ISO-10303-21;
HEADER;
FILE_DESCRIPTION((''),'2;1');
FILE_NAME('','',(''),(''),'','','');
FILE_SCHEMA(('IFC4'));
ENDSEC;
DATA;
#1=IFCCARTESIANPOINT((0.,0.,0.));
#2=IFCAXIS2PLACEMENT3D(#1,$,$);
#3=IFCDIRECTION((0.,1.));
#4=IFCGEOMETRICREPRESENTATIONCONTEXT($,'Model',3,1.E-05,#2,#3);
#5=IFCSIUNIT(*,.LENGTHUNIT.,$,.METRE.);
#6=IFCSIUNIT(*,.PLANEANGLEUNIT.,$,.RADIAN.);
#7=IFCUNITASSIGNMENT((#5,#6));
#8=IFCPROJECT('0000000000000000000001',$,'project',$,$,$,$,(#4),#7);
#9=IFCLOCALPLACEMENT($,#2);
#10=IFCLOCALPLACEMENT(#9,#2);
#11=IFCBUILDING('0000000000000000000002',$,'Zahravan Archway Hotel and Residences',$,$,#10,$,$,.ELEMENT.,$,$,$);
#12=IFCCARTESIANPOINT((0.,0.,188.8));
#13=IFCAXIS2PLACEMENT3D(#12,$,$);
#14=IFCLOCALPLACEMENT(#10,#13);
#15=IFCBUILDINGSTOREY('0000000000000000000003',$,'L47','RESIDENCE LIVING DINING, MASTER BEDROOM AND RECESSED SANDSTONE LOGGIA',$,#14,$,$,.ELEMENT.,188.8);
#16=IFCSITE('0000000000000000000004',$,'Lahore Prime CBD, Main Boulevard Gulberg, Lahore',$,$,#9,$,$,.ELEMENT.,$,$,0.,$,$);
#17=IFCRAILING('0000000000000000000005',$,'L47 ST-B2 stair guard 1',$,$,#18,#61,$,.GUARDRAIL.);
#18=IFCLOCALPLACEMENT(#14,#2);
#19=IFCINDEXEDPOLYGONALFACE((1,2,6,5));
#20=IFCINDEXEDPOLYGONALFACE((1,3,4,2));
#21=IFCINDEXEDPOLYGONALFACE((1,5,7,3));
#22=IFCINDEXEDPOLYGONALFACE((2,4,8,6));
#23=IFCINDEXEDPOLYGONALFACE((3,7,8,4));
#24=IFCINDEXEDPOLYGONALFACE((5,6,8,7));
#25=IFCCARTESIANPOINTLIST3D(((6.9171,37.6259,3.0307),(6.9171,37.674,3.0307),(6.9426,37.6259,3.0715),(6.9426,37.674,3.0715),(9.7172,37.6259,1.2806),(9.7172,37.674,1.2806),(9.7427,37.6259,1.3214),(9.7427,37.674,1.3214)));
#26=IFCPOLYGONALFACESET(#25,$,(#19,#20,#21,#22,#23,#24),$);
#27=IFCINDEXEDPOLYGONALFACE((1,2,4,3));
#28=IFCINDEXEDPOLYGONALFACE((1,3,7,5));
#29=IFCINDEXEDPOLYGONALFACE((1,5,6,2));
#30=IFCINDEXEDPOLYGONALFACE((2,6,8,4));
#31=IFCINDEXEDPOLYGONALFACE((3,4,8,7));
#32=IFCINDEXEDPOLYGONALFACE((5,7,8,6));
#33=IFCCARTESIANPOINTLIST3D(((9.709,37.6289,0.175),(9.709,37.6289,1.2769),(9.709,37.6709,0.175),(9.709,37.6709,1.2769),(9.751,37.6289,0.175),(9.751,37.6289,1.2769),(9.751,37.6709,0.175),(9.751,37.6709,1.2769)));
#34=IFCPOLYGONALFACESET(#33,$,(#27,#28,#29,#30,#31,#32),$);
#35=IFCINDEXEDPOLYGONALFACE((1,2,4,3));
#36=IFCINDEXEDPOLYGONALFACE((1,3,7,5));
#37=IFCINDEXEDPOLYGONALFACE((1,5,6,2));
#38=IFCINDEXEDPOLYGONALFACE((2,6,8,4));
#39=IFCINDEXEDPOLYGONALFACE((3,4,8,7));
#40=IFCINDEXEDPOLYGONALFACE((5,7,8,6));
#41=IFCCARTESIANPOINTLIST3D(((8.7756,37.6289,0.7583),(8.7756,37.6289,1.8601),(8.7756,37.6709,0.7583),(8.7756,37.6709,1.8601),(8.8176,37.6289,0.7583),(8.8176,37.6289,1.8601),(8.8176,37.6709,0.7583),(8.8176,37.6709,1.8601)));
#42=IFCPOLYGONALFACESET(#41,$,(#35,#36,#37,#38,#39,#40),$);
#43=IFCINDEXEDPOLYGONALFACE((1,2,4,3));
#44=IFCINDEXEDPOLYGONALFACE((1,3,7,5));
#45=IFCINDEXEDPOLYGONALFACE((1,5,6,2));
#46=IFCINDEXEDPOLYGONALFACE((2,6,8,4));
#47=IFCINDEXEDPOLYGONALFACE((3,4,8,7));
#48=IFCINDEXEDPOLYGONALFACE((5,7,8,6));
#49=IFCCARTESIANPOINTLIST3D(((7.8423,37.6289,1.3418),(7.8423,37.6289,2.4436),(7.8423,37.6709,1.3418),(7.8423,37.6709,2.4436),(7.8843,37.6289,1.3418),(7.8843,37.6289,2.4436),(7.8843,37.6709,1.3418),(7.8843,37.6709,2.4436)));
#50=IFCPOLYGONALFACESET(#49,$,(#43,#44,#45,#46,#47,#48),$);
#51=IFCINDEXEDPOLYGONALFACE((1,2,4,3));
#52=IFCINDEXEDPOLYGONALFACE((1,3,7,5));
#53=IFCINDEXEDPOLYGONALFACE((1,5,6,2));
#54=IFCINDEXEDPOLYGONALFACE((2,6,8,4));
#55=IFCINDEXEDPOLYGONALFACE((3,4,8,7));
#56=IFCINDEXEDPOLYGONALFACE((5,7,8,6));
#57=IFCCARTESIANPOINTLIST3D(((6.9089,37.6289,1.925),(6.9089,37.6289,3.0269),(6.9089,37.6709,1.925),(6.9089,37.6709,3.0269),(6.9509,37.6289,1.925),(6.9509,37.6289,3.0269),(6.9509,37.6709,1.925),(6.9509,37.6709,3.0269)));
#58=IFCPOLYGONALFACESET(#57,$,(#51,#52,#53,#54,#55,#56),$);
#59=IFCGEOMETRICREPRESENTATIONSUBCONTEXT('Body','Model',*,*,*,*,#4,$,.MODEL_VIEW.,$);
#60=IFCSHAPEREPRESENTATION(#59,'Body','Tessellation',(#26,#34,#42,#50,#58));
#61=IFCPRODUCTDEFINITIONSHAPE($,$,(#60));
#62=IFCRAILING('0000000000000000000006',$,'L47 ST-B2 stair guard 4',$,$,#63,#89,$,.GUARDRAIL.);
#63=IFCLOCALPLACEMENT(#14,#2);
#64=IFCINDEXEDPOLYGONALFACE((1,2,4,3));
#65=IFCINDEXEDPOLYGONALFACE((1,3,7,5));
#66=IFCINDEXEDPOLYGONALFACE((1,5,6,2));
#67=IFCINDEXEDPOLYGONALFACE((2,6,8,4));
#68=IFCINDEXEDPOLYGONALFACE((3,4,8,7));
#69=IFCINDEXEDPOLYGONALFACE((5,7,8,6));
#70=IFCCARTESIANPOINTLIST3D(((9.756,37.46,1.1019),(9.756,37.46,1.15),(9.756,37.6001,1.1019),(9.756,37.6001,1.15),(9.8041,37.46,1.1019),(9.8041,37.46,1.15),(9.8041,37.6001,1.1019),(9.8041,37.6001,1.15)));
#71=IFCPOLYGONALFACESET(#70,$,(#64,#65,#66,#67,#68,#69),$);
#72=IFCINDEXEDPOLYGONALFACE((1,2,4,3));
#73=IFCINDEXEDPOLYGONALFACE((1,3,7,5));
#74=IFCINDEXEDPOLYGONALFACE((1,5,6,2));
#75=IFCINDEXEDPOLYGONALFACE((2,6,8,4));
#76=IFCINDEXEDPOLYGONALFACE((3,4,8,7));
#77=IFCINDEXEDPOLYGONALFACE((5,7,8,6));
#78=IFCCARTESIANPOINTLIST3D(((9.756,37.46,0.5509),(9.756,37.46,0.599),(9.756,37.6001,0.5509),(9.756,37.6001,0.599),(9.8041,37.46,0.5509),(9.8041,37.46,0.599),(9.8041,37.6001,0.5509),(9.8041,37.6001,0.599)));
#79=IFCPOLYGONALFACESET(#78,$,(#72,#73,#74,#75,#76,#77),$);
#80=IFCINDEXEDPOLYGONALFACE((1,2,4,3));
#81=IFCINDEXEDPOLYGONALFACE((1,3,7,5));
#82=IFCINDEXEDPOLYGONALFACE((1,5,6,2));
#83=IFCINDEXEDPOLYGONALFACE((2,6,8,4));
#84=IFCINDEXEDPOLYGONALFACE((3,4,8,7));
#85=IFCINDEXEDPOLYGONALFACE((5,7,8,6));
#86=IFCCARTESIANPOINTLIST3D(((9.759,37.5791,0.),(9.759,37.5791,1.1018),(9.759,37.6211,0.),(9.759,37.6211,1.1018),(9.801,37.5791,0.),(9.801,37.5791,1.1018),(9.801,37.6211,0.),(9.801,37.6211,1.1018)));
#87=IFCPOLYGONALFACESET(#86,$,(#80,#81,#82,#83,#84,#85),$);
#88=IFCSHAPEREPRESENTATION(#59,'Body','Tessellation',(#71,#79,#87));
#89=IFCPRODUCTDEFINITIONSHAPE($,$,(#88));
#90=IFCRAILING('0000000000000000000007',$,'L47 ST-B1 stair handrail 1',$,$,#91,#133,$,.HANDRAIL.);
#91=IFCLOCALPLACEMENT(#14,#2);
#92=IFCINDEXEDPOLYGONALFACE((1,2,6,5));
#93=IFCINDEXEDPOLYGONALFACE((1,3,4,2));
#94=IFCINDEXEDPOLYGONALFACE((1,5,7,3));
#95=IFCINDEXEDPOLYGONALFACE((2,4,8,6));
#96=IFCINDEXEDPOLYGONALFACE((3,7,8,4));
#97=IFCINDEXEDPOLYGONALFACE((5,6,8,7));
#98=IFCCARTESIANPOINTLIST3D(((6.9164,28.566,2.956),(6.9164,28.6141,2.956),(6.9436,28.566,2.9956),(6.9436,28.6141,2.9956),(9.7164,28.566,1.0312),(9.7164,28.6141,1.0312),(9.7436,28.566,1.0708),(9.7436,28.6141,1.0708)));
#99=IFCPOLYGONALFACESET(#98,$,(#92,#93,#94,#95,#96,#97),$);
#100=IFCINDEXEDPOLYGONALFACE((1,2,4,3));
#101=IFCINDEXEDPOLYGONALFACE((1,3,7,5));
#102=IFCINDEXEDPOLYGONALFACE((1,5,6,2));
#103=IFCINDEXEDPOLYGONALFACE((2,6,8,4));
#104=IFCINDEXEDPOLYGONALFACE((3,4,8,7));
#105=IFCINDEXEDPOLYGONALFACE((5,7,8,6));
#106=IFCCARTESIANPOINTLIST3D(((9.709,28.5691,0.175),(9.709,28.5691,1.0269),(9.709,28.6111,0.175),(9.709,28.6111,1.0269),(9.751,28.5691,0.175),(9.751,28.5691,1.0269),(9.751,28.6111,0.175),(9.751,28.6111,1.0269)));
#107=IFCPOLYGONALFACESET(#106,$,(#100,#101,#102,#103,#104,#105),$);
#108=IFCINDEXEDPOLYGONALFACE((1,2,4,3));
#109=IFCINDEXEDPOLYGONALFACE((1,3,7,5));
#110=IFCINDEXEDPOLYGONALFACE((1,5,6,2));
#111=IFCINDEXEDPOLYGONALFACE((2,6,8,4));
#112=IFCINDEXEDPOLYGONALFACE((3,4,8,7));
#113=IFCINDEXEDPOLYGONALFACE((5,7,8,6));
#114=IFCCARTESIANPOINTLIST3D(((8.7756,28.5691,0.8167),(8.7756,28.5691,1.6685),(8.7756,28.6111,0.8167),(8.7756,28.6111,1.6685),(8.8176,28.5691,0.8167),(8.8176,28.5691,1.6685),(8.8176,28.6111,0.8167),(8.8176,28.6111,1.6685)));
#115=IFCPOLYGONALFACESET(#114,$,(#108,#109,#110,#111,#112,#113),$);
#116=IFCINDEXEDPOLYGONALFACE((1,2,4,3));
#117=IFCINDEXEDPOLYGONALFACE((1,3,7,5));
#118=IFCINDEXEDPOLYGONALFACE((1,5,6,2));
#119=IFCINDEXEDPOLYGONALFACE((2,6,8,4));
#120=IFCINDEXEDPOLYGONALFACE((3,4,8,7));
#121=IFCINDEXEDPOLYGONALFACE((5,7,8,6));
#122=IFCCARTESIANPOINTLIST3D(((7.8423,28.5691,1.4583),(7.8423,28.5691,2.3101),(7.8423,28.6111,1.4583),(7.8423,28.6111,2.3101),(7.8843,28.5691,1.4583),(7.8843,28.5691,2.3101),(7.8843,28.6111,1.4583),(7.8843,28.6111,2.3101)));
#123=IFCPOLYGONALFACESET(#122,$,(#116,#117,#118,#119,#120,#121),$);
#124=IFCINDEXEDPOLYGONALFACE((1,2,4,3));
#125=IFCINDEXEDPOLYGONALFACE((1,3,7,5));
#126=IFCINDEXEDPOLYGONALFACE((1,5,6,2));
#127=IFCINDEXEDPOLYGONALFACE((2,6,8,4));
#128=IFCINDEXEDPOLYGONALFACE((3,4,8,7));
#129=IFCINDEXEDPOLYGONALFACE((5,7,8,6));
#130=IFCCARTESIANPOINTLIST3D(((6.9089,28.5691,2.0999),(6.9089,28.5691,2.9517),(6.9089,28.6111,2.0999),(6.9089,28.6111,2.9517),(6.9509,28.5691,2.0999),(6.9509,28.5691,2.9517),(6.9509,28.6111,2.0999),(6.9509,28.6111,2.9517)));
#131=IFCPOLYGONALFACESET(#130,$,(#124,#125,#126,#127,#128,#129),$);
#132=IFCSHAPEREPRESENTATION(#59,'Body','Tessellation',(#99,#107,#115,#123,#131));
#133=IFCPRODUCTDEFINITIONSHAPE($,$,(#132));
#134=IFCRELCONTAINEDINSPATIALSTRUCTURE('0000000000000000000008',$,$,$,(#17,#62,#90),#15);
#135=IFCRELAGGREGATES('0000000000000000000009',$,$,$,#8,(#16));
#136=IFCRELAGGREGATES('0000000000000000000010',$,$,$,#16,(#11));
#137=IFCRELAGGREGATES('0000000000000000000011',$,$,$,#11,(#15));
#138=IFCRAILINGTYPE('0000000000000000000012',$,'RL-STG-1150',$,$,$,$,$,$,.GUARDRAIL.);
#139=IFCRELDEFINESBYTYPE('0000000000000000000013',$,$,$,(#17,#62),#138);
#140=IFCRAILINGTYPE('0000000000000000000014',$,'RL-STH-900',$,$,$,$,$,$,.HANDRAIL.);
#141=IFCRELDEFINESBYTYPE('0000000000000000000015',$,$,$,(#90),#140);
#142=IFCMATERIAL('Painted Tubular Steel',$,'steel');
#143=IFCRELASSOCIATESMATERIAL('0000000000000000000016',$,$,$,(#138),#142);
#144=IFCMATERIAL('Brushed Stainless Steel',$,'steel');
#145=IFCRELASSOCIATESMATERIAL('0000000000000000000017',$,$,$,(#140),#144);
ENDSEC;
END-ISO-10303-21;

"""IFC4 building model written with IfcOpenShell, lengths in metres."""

from ifc_helpers import new_model, si_unit, direction, frame, origin, origin_2d, place, context, subcontext, project, spatial, rectangle, extrude, material, type_object, element, save


model = new_model("IFC4")

# Units and contexts
model_context = context("Model", 3, precision=1e-05, world=origin(), true_north=direction((0.0, 1.0)))
body_context = subcontext(model_context, "Body", "Model", "MODEL_VIEW")
ifc_project = project(units=[si_unit("LENGTHUNIT", "METRE"), si_unit("PLANEANGLEUNIT", "RADIAN")], contexts=[model_context])

# Site, building, storey
site_placement = place(None, origin())
site = spatial("IfcSite", under=ifc_project, at=site_placement, Name="Lahore Prime CBD, Main Boulevard Gulberg, Lahore", CompositionType="ELEMENT", RefElevation=0.0)
building_placement = place(site_placement, origin())
building = spatial("IfcBuilding", under=site, at=building_placement, Name="Zahravan Archway Hotel and Residences", CompositionType="ELEMENT")
storey_placement = place(building_placement, frame((0.0, 0.0, 188.8)))
storey = spatial("IfcBuildingStorey", under=building, at=storey_placement, Name="L47", Description="RESIDENCE LIVING DINING, MASTER BEDROOM AND RECESSED SANDSTONE LOGGIA", CompositionType="ELEMENT", Elevation=188.8)

# Shared definitions
ifc_material_1 = material(Name="Brushed Stainless Steel", Category="steel")

# Railings
ifc_material_2 = material(Name="Painted Tubular Steel", Category="steel")
railing_type_1 = type_object("IfcRailingType", Name="RL-STG-1150", PredefinedType="GUARDRAIL", material=ifc_material_2)
railing_1_placement = place(storey_placement, frame((9.73, 37.6499, 0.175)))
element("IfcRailing", 1, at=railing_1_placement, inside=storey, type_object=railing_type_1, Name="L47 ST-B2 stair guard 1", PredefinedType="GUARDRAIL", context=body_context, shape_type="SweptSolid", body=[
    extrude(rectangle(XDim=0.0481, YDim=0.0481, at=origin_2d()), frame((0.0, 0.0, 1.126), z_axis=(-0.848002, 0.0, 0.529992), x_axis=(0.0, -1.0, 0.0)), (0.0, 0.0, 1.0), 3.302),
    extrude(rectangle(XDim=0.042, YDim=0.042, at=origin_2d()), origin(), (0.0, 0.0, 1.0), 1.1018),
    extrude(rectangle(XDim=0.042, YDim=0.042, at=origin_2d()), frame((-0.9333, 0.0, 0.5833)), (0.0, 0.0, 1.0), 1.1018),
    extrude(rectangle(XDim=0.042, YDim=0.042, at=origin_2d()), frame((-1.8667, 0.0, 1.1667)), (0.0, 0.0, 1.0), 1.1018),
    extrude(rectangle(XDim=0.042, YDim=0.042, at=origin_2d()), frame((-2.8, 0.0, 1.75)), (0.0, 0.0, 1.0), 1.1018),
])
railing_2_placement = place(storey_placement, frame((9.78, 37.6001, 0.0)))
element("IfcRailing", 2, at=railing_2_placement, inside=storey, type_object=railing_type_1, Name="L47 ST-B2 stair guard 4", PredefinedType="GUARDRAIL", context=body_context, shape_type="SweptSolid", body=[
    extrude(rectangle(XDim=0.0481, YDim=0.0481, at=origin_2d()), frame((0.0, 0.0, 1.126), z_axis=(0.0, -1.0, 0.0), x_axis=(1.0, 0.0, 0.0)), (0.0, 0.0, 1.0), 0.1401),
    extrude(rectangle(XDim=0.0481, YDim=0.0481, at=origin_2d()), frame((0.0, 0.0, 0.575), z_axis=(0.0, -1.0, 0.0), x_axis=(1.0, 0.0, 0.0)), (0.0, 0.0, 1.0), 0.1401),
    extrude(rectangle(XDim=0.042, YDim=0.042, at=origin_2d()), origin(), (0.0, 0.0, 1.0), 1.1018),
])
railing_type_2 = type_object("IfcRailingType", Name="RL-STH-900", PredefinedType="HANDRAIL", material=ifc_material_1)
railing_3_placement = place(storey_placement, frame((9.73, 28.5901, 0.175)))
element("IfcRailing", 3, at=railing_3_placement, inside=storey, type_object=railing_type_2, Name="L47 ST-B1 stair handrail 1", PredefinedType="HANDRAIL", context=body_context, shape_type="SweptSolid", body=[
    extrude(rectangle(XDim=0.0481, YDim=0.0481, at=origin_2d()), frame((0.0, 0.0, 0.876), z_axis=(-0.824073, 0.0, 0.566483), x_axis=(0.0, -1.0, 0.0)), (0.0, 0.0, 1.0), 3.3977),
    extrude(rectangle(XDim=0.042, YDim=0.042, at=origin_2d()), origin(), (0.0, 0.0, 1.0), 0.8518),
    extrude(rectangle(XDim=0.042, YDim=0.042, at=origin_2d()), frame((-0.9333, 0.0, 0.6416)), (0.0, 0.0, 1.0), 0.8518),
    extrude(rectangle(XDim=0.042, YDim=0.042, at=origin_2d()), frame((-1.8667, 0.0, 1.2832)), (0.0, 0.0, 1.0), 0.8518),
    extrude(rectangle(XDim=0.042, YDim=0.042, at=origin_2d()), frame((-2.8, 0.0, 1.9248)), (0.0, 0.0, 1.0), 0.8518),
])

save(model, "model.ifc")
